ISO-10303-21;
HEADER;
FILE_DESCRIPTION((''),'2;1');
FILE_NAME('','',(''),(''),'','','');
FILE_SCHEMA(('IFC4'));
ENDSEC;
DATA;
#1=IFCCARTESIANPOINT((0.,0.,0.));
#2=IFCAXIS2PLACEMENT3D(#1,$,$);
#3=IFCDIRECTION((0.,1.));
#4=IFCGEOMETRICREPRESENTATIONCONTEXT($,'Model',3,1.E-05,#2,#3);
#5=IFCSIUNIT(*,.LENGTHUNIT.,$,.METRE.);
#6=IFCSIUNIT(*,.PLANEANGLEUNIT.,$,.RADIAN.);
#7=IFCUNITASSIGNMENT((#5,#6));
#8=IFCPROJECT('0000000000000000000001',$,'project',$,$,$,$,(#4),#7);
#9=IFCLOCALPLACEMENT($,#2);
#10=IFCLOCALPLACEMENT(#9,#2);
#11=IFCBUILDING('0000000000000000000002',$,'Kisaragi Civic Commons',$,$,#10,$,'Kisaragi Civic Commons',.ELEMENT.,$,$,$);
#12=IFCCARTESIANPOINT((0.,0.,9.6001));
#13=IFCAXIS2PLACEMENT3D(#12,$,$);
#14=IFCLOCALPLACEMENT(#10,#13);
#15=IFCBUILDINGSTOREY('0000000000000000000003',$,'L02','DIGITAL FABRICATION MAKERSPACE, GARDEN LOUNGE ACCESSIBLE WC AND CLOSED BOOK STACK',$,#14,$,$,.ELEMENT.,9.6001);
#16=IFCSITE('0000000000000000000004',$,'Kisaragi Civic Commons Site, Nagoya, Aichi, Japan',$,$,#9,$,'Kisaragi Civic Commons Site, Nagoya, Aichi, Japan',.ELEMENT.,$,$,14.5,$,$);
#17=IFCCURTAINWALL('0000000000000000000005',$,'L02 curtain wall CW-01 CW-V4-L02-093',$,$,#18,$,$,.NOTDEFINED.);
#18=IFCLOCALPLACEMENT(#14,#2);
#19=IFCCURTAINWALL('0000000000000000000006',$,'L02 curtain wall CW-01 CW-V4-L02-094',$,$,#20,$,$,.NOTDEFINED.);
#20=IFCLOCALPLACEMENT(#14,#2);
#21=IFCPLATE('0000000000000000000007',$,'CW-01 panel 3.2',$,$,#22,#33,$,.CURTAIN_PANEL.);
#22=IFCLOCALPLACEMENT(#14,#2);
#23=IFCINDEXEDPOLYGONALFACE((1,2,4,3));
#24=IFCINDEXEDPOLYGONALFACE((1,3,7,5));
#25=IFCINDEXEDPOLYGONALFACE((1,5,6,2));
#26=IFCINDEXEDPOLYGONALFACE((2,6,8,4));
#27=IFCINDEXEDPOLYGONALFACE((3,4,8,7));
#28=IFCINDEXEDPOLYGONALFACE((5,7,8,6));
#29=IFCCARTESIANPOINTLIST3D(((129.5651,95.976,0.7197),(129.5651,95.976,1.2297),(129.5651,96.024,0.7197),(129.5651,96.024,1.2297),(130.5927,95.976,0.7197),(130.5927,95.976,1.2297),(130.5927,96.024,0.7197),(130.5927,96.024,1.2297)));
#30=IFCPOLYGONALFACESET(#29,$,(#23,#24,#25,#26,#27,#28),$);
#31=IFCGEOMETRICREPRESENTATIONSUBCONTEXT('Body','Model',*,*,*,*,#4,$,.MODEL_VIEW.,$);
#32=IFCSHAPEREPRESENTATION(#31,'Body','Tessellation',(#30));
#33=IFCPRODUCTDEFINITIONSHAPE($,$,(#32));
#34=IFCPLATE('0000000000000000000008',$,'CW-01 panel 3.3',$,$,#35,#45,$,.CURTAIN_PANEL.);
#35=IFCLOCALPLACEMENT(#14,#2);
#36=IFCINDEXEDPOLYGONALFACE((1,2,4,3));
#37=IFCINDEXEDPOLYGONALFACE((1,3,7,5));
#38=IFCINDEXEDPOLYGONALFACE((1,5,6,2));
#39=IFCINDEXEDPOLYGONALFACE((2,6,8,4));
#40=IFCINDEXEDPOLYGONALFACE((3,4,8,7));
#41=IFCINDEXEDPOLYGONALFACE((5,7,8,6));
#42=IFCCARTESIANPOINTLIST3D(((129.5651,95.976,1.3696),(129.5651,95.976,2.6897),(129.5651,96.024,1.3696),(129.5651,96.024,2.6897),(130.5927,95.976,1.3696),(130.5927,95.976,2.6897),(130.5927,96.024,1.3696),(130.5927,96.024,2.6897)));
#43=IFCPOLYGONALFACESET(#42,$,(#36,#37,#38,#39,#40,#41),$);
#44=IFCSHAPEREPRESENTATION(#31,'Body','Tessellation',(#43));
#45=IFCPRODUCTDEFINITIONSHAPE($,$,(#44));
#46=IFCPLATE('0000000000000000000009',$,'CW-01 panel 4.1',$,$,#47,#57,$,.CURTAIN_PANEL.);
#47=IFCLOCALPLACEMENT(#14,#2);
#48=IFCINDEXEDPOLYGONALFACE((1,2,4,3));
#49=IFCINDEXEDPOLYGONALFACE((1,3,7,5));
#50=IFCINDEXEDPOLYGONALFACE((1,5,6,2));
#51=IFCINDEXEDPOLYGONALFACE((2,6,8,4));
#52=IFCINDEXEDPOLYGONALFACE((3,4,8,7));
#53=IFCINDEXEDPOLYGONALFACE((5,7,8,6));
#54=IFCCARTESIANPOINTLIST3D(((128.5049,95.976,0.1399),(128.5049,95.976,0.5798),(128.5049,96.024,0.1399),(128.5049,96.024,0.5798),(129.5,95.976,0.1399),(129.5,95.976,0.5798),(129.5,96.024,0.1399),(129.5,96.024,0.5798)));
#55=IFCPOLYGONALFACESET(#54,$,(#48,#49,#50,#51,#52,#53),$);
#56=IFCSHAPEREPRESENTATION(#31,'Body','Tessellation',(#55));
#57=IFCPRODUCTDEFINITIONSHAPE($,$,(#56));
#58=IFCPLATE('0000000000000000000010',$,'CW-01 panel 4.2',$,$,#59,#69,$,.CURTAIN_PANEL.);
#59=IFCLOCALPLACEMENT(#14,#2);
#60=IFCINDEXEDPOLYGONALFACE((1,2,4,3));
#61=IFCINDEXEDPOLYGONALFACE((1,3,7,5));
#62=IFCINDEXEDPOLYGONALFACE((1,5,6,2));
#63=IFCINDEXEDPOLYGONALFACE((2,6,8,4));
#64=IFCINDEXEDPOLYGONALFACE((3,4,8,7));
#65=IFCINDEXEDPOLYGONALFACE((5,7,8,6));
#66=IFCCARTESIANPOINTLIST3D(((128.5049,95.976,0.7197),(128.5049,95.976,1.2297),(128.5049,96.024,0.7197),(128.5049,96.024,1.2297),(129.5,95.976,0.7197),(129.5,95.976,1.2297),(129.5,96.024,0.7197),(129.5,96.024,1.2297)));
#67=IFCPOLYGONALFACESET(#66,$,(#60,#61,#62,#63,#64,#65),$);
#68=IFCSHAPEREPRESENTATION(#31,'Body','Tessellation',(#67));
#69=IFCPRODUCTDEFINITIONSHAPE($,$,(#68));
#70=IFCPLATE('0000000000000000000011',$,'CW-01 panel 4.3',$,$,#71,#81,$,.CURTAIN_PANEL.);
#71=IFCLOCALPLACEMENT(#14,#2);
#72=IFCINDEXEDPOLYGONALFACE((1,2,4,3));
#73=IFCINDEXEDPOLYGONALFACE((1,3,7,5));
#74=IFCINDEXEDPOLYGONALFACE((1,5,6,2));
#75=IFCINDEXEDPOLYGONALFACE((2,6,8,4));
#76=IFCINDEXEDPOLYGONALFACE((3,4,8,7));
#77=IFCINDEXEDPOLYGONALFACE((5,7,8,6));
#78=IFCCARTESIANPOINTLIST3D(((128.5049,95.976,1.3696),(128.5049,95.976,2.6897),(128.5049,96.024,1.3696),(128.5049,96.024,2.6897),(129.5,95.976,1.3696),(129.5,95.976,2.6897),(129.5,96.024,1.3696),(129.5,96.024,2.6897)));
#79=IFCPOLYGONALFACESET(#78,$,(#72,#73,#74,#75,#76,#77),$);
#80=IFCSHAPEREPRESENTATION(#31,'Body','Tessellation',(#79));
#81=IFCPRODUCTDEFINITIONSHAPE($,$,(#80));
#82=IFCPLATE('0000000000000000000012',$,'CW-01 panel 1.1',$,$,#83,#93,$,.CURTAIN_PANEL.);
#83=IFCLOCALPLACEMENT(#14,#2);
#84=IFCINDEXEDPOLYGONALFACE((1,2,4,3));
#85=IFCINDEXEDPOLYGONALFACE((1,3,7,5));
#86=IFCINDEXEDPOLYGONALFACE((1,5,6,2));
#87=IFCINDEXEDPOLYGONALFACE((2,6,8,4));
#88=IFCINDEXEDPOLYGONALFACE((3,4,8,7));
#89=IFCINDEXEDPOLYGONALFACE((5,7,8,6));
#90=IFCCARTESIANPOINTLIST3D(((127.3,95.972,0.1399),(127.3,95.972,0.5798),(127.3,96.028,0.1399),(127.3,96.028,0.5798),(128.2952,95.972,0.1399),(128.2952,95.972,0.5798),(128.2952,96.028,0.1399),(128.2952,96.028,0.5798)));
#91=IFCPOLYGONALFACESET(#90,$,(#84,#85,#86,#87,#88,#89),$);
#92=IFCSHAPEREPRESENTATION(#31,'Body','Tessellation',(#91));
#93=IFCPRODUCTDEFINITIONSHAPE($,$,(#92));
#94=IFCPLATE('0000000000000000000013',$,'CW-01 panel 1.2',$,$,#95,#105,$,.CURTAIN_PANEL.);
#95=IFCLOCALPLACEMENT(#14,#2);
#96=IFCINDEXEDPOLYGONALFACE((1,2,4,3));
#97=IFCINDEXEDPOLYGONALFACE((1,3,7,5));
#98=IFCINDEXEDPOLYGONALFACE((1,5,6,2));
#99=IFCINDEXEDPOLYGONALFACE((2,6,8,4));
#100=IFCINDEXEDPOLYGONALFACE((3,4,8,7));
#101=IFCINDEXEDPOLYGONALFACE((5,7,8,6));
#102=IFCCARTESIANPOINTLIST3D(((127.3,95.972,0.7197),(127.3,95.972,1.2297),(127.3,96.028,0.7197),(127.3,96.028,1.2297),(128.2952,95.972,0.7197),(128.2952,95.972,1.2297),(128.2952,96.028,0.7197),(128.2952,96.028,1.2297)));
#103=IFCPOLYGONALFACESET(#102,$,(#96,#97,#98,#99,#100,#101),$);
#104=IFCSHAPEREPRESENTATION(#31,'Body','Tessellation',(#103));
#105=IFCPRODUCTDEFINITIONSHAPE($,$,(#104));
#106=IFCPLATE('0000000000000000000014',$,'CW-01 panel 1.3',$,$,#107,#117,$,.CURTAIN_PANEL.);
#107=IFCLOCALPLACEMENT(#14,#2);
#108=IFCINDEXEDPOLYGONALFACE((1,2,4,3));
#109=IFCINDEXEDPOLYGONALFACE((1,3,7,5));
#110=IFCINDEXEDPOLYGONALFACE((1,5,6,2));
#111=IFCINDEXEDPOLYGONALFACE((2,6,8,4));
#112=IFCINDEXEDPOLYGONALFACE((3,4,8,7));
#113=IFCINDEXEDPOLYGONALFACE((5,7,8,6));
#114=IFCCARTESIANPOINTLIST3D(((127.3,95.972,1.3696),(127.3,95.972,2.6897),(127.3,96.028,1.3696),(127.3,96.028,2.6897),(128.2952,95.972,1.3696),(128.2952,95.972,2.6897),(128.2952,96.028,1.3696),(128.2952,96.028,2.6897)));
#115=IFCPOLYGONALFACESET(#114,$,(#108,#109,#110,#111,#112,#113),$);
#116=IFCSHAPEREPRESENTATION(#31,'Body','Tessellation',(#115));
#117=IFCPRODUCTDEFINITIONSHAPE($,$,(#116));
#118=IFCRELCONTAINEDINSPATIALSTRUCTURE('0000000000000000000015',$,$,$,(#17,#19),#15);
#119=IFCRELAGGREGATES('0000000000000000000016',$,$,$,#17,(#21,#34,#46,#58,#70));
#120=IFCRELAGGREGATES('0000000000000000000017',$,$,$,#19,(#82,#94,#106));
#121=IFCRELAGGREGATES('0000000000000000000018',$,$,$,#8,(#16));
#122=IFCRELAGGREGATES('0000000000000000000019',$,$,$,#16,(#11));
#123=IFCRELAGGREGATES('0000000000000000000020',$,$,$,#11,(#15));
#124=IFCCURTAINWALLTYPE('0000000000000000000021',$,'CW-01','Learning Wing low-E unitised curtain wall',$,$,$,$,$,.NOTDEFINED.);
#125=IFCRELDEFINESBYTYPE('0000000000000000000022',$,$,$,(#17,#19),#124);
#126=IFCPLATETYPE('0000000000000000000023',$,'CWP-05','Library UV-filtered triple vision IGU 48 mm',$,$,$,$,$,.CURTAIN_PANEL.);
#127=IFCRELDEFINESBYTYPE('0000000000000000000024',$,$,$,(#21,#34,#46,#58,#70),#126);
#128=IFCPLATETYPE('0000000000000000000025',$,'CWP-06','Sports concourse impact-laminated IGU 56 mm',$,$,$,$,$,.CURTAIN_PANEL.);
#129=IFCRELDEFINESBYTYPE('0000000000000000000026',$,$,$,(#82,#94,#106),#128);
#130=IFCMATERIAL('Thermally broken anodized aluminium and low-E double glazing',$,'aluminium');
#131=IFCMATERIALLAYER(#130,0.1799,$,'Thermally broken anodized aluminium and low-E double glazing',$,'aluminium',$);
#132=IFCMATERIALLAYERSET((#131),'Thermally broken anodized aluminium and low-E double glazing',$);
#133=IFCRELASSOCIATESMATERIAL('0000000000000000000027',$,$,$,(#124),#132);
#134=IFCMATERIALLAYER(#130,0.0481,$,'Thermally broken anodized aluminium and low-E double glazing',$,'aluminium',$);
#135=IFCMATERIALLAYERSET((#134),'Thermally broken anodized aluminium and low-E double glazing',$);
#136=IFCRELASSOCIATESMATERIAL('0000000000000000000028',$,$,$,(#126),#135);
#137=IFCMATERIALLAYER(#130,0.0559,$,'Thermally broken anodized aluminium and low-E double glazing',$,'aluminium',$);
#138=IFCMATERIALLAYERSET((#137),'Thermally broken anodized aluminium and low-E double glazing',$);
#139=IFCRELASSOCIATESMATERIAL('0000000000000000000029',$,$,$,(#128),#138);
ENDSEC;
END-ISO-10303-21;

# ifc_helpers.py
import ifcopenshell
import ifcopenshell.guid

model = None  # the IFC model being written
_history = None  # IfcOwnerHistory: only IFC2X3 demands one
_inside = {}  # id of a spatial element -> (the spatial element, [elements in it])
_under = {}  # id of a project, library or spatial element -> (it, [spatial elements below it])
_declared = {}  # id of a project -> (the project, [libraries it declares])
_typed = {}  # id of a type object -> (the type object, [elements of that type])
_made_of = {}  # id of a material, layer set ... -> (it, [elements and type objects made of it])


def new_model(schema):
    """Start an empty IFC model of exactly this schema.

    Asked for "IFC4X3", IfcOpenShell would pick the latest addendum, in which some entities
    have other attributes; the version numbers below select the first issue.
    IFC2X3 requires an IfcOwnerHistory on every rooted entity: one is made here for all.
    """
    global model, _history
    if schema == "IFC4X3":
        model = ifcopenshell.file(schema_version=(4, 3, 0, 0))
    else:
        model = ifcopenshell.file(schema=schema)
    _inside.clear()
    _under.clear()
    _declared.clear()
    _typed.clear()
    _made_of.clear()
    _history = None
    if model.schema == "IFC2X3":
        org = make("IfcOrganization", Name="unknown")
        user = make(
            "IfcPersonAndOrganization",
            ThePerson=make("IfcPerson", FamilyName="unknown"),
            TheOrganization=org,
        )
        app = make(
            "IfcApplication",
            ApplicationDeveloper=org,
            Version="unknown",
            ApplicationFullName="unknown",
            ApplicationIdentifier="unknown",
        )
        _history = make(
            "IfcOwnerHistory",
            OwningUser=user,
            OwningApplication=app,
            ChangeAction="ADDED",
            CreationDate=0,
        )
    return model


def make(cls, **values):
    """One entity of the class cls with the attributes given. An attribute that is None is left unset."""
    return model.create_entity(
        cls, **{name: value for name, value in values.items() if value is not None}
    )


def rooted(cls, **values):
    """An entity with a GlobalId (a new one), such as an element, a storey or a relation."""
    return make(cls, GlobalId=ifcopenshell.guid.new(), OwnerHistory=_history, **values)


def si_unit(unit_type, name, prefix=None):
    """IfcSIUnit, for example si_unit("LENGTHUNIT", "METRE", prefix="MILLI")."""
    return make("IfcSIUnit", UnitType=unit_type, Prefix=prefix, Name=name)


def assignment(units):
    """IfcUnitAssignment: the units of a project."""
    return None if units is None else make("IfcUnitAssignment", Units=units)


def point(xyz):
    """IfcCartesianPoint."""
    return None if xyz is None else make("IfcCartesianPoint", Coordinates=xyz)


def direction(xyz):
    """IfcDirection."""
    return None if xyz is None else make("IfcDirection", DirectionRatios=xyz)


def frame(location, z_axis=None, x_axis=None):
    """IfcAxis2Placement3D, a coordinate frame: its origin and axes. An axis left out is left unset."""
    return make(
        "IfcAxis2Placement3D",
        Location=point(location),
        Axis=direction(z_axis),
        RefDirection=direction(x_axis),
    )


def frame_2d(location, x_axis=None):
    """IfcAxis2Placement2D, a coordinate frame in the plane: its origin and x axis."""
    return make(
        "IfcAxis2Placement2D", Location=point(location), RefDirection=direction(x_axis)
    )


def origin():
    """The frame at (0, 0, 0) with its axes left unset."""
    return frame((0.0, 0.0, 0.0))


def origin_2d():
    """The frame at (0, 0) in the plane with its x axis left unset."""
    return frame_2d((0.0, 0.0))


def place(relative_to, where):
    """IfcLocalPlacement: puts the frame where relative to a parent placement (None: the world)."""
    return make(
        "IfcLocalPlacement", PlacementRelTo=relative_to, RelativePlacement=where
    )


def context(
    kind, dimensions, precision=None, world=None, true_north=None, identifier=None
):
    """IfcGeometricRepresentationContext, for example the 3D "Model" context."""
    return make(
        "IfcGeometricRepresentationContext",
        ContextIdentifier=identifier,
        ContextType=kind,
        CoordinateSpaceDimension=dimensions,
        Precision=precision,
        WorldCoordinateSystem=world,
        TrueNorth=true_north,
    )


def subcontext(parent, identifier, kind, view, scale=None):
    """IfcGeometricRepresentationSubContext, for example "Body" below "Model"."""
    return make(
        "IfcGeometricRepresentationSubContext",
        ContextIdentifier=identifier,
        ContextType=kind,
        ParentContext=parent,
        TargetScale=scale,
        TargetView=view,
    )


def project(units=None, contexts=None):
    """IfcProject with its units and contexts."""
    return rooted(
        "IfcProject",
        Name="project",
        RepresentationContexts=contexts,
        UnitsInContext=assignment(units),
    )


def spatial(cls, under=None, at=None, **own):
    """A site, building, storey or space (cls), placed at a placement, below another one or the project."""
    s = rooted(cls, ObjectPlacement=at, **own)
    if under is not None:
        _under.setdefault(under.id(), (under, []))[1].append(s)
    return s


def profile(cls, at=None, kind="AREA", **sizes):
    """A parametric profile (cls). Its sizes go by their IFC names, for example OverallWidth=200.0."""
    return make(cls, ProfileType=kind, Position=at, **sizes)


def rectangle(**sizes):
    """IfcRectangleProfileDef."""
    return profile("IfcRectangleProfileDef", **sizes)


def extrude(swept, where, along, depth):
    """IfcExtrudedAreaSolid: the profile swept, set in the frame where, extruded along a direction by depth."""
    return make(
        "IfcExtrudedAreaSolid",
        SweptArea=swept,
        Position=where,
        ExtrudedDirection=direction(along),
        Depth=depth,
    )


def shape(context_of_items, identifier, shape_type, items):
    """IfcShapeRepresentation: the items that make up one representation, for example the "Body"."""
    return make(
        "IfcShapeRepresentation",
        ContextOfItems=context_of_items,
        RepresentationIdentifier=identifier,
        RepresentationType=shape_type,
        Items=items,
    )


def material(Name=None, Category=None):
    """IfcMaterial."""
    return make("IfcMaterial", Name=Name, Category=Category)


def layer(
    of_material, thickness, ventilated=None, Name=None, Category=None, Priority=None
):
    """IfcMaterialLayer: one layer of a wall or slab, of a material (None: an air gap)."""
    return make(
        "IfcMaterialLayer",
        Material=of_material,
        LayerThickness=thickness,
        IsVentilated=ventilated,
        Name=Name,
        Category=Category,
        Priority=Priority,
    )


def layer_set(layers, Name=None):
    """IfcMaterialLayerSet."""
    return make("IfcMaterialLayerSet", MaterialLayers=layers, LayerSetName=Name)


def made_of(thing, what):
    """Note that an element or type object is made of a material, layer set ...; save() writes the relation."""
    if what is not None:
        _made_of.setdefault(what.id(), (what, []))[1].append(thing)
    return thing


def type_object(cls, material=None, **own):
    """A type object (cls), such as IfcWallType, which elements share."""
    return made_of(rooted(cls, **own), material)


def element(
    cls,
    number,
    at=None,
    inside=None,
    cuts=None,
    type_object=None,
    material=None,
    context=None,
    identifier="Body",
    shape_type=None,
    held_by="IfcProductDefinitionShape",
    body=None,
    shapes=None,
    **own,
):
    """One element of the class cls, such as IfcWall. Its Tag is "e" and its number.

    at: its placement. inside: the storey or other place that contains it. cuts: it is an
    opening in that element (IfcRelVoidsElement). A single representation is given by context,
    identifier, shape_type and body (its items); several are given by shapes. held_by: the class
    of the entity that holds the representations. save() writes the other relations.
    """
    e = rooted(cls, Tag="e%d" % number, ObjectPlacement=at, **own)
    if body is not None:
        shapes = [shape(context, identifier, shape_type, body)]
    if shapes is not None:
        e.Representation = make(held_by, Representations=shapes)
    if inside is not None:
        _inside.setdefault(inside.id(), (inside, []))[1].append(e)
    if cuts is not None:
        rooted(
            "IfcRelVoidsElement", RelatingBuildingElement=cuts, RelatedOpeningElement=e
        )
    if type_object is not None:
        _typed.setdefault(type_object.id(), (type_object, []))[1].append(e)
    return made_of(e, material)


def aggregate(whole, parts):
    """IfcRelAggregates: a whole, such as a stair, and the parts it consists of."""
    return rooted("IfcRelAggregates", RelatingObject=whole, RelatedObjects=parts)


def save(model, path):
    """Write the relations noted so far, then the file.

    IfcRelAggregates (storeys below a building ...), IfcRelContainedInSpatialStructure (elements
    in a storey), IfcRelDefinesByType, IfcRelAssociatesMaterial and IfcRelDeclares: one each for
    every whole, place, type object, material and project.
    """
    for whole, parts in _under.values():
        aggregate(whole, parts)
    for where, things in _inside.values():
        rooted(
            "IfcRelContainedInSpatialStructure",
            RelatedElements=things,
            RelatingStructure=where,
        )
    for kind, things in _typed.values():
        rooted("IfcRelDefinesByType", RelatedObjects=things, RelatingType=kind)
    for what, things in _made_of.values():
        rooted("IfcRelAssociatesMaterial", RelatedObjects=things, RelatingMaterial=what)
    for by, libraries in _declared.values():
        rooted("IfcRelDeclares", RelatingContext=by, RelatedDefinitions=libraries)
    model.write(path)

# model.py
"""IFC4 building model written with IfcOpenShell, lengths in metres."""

from ifc_helpers import new_model, si_unit, direction, frame, origin, origin_2d, place, context, subcontext, project, spatial, rectangle, extrude, material, layer, layer_set, type_object, element, aggregate, save


model = new_model("IFC4")

# Units and contexts
model_context = context("Model", 3, precision=1e-05, world=origin(), true_north=direction((0.0, 1.0)))
body_context = subcontext(model_context, "Body", "Model", "MODEL_VIEW")
ifc_project = project(units=[si_unit("LENGTHUNIT", "METRE"), si_unit("PLANEANGLEUNIT", "RADIAN")], contexts=[model_context])

# Site, building, storey
site_placement = place(None, origin())
site = spatial("IfcSite", under=ifc_project, at=site_placement, Name="Kisaragi Civic Commons Site, Nagoya, Aichi, Japan", LongName="Kisaragi Civic Commons Site, Nagoya, Aichi, Japan", CompositionType="ELEMENT", RefElevation=14.5)
building_placement = place(site_placement, origin())
building = spatial("IfcBuilding", under=site, at=building_placement, Name="Kisaragi Civic Commons", LongName="Kisaragi Civic Commons", CompositionType="ELEMENT")
storey_placement = place(building_placement, frame((0.0, 0.0, 9.6001)))
storey = spatial("IfcBuildingStorey", under=building, at=storey_placement, Name="L02", Description="DIGITAL FABRICATION MAKERSPACE, GARDEN LOUNGE ACCESSIBLE WC AND CLOSED BOOK STACK", CompositionType="ELEMENT", Elevation=9.6001)

# Curtain walls
ifc_material = material(Name="Thermally broken anodized aluminium and low-E double glazing", Category="aluminium")
ifc_layer_1 = layer(ifc_material, 0.1799, Name="Thermally broken anodized aluminium and low-E double glazing", Category="aluminium")
ifc_layer_set_1 = layer_set([ifc_layer_1], Name="Thermally broken anodized aluminium and low-E double glazing")
curtain_wall_type = type_object("IfcCurtainWallType", Name="CW-01", Description="Learning Wing low-E unitised curtain wall", PredefinedType="NOTDEFINED", material=ifc_layer_set_1)
curtain_wall_1_placement = place(storey_placement, origin())
curtain_wall_1 = element("IfcCurtainWall", 1, at=curtain_wall_1_placement, inside=storey, type_object=curtain_wall_type, Name="L02 curtain wall CW-01 CW-V4-L02-093", PredefinedType="NOTDEFINED")
curtain_wall_2_placement = place(storey_placement, origin())
curtain_wall_2 = element("IfcCurtainWall", 2, at=curtain_wall_2_placement, inside=storey, type_object=curtain_wall_type, Name="L02 curtain wall CW-01 CW-V4-L02-094", PredefinedType="NOTDEFINED")

# Plates
ifc_layer_2 = layer(ifc_material, 0.0481, Name="Thermally broken anodized aluminium and low-E double glazing", Category="aluminium")
ifc_layer_set_2 = layer_set([ifc_layer_2], Name="Thermally broken anodized aluminium and low-E double glazing")
plate_type_1 = type_object("IfcPlateType", Name="CWP-05", Description="Library UV-filtered triple vision IGU 48 mm", PredefinedType="CURTAIN_PANEL", material=ifc_layer_set_2)
plate_1_placement = place(storey_placement, frame((130.0789, 96.0, 0.7197), z_axis=(0.0, 0.0, 1.0), x_axis=(-1.0, 0.0, 0.0)))
plate_1 = element("IfcPlate", 3, at=plate_1_placement, type_object=plate_type_1, Name="CW-01 panel 3.2", PredefinedType="CURTAIN_PANEL", context=body_context, shape_type="SweptSolid", body=[
    extrude(rectangle(XDim=1.0276, YDim=0.0481, at=origin_2d()), origin(), (0.0, 0.0, 1.0), 0.51),
])
plate_2_placement = place(storey_placement, frame((130.0789, 96.0, 1.3696), z_axis=(0.0, 0.0, 1.0), x_axis=(-1.0, 0.0, 0.0)))
plate_2 = element("IfcPlate", 4, at=plate_2_placement, type_object=plate_type_1, Name="CW-01 panel 3.3", PredefinedType="CURTAIN_PANEL", context=body_context, shape_type="SweptSolid", body=[
    extrude(rectangle(XDim=1.0276, YDim=0.0481, at=origin_2d()), origin(), (0.0, 0.0, 1.0), 1.3201),
])
plate_3_placement = place(storey_placement, frame((129.0024, 96.0, 0.1399), z_axis=(0.0, 0.0, 1.0), x_axis=(-1.0, 0.0, 0.0)))
plate_3 = element("IfcPlate", 5, at=plate_3_placement, type_object=plate_type_1, Name="CW-01 panel 4.1", PredefinedType="CURTAIN_PANEL", context=body_context, shape_type="SweptSolid", body=[
    extrude(rectangle(XDim=0.9951, YDim=0.0481, at=origin_2d()), origin(), (0.0, 0.0, 1.0), 0.4399),
])
plate_4_placement = place(storey_placement, frame((129.0024, 96.0, 0.7197), z_axis=(0.0, 0.0, 1.0), x_axis=(-1.0, 0.0, 0.0)))
plate_4 = element("IfcPlate", 6, at=plate_4_placement, type_object=plate_type_1, Name="CW-01 panel 4.2", PredefinedType="CURTAIN_PANEL", context=body_context, shape_type="SweptSolid", body=[
    extrude(rectangle(XDim=0.9951, YDim=0.0481, at=origin_2d()), origin(), (0.0, 0.0, 1.0), 0.51),
])
plate_5_placement = place(storey_placement, frame((129.0024, 96.0, 1.3696), z_axis=(0.0, 0.0, 1.0), x_axis=(-1.0, 0.0, 0.0)))
plate_5 = element("IfcPlate", 7, at=plate_5_placement, type_object=plate_type_1, Name="CW-01 panel 4.3", PredefinedType="CURTAIN_PANEL", context=body_context, shape_type="SweptSolid", body=[
    extrude(rectangle(XDim=0.9951, YDim=0.0481, at=origin_2d()), origin(), (0.0, 0.0, 1.0), 1.3201),
])
aggregate(curtain_wall_1, [plate_1, plate_2, plate_3, plate_4, plate_5])
ifc_layer_3 = layer(ifc_material, 0.0559, Name="Thermally broken anodized aluminium and low-E double glazing", Category="aluminium")
ifc_layer_set_3 = layer_set([ifc_layer_3], Name="Thermally broken anodized aluminium and low-E double glazing")
plate_type_2 = type_object("IfcPlateType", Name="CWP-06", Description="Sports concourse impact-laminated IGU 56 mm", PredefinedType="CURTAIN_PANEL", material=ifc_layer_set_3)
plate_6_placement = place(storey_placement, frame((127.7976, 96.0, 0.1399), z_axis=(0.0, 0.0, 1.0), x_axis=(-1.0, 0.0, 0.0)))
plate_6 = element("IfcPlate", 8, at=plate_6_placement, type_object=plate_type_2, Name="CW-01 panel 1.1", PredefinedType="CURTAIN_PANEL", context=body_context, shape_type="SweptSolid", body=[
    extrude(rectangle(XDim=0.9951, YDim=0.0559, at=origin_2d()), origin(), (0.0, 0.0, 1.0), 0.4399),
])
plate_7_placement = place(storey_placement, frame((127.7976, 96.0, 0.7197), z_axis=(0.0, 0.0, 1.0), x_axis=(-1.0, 0.0, 0.0)))
plate_7 = element("IfcPlate", 9, at=plate_7_placement, type_object=plate_type_2, Name="CW-01 panel 1.2", PredefinedType="CURTAIN_PANEL", context=body_context, shape_type="SweptSolid", body=[
    extrude(rectangle(XDim=0.9951, YDim=0.0559, at=origin_2d()), origin(), (0.0, 0.0, 1.0), 0.51),
])
plate_8_placement = place(storey_placement, frame((127.7976, 96.0, 1.3696), z_axis=(0.0, 0.0, 1.0), x_axis=(-1.0, 0.0, 0.0)))
plate_8 = element("IfcPlate", 10, at=plate_8_placement, type_object=plate_type_2, Name="CW-01 panel 1.3", PredefinedType="CURTAIN_PANEL", context=body_context, shape_type="SweptSolid", body=[
    extrude(rectangle(XDim=0.9951, YDim=0.0559, at=origin_2d()), origin(), (0.0, 0.0, 1.0), 1.3201),
])
aggregate(curtain_wall_2, [plate_6, plate_7, plate_8])

save(model, "model.ifc")
